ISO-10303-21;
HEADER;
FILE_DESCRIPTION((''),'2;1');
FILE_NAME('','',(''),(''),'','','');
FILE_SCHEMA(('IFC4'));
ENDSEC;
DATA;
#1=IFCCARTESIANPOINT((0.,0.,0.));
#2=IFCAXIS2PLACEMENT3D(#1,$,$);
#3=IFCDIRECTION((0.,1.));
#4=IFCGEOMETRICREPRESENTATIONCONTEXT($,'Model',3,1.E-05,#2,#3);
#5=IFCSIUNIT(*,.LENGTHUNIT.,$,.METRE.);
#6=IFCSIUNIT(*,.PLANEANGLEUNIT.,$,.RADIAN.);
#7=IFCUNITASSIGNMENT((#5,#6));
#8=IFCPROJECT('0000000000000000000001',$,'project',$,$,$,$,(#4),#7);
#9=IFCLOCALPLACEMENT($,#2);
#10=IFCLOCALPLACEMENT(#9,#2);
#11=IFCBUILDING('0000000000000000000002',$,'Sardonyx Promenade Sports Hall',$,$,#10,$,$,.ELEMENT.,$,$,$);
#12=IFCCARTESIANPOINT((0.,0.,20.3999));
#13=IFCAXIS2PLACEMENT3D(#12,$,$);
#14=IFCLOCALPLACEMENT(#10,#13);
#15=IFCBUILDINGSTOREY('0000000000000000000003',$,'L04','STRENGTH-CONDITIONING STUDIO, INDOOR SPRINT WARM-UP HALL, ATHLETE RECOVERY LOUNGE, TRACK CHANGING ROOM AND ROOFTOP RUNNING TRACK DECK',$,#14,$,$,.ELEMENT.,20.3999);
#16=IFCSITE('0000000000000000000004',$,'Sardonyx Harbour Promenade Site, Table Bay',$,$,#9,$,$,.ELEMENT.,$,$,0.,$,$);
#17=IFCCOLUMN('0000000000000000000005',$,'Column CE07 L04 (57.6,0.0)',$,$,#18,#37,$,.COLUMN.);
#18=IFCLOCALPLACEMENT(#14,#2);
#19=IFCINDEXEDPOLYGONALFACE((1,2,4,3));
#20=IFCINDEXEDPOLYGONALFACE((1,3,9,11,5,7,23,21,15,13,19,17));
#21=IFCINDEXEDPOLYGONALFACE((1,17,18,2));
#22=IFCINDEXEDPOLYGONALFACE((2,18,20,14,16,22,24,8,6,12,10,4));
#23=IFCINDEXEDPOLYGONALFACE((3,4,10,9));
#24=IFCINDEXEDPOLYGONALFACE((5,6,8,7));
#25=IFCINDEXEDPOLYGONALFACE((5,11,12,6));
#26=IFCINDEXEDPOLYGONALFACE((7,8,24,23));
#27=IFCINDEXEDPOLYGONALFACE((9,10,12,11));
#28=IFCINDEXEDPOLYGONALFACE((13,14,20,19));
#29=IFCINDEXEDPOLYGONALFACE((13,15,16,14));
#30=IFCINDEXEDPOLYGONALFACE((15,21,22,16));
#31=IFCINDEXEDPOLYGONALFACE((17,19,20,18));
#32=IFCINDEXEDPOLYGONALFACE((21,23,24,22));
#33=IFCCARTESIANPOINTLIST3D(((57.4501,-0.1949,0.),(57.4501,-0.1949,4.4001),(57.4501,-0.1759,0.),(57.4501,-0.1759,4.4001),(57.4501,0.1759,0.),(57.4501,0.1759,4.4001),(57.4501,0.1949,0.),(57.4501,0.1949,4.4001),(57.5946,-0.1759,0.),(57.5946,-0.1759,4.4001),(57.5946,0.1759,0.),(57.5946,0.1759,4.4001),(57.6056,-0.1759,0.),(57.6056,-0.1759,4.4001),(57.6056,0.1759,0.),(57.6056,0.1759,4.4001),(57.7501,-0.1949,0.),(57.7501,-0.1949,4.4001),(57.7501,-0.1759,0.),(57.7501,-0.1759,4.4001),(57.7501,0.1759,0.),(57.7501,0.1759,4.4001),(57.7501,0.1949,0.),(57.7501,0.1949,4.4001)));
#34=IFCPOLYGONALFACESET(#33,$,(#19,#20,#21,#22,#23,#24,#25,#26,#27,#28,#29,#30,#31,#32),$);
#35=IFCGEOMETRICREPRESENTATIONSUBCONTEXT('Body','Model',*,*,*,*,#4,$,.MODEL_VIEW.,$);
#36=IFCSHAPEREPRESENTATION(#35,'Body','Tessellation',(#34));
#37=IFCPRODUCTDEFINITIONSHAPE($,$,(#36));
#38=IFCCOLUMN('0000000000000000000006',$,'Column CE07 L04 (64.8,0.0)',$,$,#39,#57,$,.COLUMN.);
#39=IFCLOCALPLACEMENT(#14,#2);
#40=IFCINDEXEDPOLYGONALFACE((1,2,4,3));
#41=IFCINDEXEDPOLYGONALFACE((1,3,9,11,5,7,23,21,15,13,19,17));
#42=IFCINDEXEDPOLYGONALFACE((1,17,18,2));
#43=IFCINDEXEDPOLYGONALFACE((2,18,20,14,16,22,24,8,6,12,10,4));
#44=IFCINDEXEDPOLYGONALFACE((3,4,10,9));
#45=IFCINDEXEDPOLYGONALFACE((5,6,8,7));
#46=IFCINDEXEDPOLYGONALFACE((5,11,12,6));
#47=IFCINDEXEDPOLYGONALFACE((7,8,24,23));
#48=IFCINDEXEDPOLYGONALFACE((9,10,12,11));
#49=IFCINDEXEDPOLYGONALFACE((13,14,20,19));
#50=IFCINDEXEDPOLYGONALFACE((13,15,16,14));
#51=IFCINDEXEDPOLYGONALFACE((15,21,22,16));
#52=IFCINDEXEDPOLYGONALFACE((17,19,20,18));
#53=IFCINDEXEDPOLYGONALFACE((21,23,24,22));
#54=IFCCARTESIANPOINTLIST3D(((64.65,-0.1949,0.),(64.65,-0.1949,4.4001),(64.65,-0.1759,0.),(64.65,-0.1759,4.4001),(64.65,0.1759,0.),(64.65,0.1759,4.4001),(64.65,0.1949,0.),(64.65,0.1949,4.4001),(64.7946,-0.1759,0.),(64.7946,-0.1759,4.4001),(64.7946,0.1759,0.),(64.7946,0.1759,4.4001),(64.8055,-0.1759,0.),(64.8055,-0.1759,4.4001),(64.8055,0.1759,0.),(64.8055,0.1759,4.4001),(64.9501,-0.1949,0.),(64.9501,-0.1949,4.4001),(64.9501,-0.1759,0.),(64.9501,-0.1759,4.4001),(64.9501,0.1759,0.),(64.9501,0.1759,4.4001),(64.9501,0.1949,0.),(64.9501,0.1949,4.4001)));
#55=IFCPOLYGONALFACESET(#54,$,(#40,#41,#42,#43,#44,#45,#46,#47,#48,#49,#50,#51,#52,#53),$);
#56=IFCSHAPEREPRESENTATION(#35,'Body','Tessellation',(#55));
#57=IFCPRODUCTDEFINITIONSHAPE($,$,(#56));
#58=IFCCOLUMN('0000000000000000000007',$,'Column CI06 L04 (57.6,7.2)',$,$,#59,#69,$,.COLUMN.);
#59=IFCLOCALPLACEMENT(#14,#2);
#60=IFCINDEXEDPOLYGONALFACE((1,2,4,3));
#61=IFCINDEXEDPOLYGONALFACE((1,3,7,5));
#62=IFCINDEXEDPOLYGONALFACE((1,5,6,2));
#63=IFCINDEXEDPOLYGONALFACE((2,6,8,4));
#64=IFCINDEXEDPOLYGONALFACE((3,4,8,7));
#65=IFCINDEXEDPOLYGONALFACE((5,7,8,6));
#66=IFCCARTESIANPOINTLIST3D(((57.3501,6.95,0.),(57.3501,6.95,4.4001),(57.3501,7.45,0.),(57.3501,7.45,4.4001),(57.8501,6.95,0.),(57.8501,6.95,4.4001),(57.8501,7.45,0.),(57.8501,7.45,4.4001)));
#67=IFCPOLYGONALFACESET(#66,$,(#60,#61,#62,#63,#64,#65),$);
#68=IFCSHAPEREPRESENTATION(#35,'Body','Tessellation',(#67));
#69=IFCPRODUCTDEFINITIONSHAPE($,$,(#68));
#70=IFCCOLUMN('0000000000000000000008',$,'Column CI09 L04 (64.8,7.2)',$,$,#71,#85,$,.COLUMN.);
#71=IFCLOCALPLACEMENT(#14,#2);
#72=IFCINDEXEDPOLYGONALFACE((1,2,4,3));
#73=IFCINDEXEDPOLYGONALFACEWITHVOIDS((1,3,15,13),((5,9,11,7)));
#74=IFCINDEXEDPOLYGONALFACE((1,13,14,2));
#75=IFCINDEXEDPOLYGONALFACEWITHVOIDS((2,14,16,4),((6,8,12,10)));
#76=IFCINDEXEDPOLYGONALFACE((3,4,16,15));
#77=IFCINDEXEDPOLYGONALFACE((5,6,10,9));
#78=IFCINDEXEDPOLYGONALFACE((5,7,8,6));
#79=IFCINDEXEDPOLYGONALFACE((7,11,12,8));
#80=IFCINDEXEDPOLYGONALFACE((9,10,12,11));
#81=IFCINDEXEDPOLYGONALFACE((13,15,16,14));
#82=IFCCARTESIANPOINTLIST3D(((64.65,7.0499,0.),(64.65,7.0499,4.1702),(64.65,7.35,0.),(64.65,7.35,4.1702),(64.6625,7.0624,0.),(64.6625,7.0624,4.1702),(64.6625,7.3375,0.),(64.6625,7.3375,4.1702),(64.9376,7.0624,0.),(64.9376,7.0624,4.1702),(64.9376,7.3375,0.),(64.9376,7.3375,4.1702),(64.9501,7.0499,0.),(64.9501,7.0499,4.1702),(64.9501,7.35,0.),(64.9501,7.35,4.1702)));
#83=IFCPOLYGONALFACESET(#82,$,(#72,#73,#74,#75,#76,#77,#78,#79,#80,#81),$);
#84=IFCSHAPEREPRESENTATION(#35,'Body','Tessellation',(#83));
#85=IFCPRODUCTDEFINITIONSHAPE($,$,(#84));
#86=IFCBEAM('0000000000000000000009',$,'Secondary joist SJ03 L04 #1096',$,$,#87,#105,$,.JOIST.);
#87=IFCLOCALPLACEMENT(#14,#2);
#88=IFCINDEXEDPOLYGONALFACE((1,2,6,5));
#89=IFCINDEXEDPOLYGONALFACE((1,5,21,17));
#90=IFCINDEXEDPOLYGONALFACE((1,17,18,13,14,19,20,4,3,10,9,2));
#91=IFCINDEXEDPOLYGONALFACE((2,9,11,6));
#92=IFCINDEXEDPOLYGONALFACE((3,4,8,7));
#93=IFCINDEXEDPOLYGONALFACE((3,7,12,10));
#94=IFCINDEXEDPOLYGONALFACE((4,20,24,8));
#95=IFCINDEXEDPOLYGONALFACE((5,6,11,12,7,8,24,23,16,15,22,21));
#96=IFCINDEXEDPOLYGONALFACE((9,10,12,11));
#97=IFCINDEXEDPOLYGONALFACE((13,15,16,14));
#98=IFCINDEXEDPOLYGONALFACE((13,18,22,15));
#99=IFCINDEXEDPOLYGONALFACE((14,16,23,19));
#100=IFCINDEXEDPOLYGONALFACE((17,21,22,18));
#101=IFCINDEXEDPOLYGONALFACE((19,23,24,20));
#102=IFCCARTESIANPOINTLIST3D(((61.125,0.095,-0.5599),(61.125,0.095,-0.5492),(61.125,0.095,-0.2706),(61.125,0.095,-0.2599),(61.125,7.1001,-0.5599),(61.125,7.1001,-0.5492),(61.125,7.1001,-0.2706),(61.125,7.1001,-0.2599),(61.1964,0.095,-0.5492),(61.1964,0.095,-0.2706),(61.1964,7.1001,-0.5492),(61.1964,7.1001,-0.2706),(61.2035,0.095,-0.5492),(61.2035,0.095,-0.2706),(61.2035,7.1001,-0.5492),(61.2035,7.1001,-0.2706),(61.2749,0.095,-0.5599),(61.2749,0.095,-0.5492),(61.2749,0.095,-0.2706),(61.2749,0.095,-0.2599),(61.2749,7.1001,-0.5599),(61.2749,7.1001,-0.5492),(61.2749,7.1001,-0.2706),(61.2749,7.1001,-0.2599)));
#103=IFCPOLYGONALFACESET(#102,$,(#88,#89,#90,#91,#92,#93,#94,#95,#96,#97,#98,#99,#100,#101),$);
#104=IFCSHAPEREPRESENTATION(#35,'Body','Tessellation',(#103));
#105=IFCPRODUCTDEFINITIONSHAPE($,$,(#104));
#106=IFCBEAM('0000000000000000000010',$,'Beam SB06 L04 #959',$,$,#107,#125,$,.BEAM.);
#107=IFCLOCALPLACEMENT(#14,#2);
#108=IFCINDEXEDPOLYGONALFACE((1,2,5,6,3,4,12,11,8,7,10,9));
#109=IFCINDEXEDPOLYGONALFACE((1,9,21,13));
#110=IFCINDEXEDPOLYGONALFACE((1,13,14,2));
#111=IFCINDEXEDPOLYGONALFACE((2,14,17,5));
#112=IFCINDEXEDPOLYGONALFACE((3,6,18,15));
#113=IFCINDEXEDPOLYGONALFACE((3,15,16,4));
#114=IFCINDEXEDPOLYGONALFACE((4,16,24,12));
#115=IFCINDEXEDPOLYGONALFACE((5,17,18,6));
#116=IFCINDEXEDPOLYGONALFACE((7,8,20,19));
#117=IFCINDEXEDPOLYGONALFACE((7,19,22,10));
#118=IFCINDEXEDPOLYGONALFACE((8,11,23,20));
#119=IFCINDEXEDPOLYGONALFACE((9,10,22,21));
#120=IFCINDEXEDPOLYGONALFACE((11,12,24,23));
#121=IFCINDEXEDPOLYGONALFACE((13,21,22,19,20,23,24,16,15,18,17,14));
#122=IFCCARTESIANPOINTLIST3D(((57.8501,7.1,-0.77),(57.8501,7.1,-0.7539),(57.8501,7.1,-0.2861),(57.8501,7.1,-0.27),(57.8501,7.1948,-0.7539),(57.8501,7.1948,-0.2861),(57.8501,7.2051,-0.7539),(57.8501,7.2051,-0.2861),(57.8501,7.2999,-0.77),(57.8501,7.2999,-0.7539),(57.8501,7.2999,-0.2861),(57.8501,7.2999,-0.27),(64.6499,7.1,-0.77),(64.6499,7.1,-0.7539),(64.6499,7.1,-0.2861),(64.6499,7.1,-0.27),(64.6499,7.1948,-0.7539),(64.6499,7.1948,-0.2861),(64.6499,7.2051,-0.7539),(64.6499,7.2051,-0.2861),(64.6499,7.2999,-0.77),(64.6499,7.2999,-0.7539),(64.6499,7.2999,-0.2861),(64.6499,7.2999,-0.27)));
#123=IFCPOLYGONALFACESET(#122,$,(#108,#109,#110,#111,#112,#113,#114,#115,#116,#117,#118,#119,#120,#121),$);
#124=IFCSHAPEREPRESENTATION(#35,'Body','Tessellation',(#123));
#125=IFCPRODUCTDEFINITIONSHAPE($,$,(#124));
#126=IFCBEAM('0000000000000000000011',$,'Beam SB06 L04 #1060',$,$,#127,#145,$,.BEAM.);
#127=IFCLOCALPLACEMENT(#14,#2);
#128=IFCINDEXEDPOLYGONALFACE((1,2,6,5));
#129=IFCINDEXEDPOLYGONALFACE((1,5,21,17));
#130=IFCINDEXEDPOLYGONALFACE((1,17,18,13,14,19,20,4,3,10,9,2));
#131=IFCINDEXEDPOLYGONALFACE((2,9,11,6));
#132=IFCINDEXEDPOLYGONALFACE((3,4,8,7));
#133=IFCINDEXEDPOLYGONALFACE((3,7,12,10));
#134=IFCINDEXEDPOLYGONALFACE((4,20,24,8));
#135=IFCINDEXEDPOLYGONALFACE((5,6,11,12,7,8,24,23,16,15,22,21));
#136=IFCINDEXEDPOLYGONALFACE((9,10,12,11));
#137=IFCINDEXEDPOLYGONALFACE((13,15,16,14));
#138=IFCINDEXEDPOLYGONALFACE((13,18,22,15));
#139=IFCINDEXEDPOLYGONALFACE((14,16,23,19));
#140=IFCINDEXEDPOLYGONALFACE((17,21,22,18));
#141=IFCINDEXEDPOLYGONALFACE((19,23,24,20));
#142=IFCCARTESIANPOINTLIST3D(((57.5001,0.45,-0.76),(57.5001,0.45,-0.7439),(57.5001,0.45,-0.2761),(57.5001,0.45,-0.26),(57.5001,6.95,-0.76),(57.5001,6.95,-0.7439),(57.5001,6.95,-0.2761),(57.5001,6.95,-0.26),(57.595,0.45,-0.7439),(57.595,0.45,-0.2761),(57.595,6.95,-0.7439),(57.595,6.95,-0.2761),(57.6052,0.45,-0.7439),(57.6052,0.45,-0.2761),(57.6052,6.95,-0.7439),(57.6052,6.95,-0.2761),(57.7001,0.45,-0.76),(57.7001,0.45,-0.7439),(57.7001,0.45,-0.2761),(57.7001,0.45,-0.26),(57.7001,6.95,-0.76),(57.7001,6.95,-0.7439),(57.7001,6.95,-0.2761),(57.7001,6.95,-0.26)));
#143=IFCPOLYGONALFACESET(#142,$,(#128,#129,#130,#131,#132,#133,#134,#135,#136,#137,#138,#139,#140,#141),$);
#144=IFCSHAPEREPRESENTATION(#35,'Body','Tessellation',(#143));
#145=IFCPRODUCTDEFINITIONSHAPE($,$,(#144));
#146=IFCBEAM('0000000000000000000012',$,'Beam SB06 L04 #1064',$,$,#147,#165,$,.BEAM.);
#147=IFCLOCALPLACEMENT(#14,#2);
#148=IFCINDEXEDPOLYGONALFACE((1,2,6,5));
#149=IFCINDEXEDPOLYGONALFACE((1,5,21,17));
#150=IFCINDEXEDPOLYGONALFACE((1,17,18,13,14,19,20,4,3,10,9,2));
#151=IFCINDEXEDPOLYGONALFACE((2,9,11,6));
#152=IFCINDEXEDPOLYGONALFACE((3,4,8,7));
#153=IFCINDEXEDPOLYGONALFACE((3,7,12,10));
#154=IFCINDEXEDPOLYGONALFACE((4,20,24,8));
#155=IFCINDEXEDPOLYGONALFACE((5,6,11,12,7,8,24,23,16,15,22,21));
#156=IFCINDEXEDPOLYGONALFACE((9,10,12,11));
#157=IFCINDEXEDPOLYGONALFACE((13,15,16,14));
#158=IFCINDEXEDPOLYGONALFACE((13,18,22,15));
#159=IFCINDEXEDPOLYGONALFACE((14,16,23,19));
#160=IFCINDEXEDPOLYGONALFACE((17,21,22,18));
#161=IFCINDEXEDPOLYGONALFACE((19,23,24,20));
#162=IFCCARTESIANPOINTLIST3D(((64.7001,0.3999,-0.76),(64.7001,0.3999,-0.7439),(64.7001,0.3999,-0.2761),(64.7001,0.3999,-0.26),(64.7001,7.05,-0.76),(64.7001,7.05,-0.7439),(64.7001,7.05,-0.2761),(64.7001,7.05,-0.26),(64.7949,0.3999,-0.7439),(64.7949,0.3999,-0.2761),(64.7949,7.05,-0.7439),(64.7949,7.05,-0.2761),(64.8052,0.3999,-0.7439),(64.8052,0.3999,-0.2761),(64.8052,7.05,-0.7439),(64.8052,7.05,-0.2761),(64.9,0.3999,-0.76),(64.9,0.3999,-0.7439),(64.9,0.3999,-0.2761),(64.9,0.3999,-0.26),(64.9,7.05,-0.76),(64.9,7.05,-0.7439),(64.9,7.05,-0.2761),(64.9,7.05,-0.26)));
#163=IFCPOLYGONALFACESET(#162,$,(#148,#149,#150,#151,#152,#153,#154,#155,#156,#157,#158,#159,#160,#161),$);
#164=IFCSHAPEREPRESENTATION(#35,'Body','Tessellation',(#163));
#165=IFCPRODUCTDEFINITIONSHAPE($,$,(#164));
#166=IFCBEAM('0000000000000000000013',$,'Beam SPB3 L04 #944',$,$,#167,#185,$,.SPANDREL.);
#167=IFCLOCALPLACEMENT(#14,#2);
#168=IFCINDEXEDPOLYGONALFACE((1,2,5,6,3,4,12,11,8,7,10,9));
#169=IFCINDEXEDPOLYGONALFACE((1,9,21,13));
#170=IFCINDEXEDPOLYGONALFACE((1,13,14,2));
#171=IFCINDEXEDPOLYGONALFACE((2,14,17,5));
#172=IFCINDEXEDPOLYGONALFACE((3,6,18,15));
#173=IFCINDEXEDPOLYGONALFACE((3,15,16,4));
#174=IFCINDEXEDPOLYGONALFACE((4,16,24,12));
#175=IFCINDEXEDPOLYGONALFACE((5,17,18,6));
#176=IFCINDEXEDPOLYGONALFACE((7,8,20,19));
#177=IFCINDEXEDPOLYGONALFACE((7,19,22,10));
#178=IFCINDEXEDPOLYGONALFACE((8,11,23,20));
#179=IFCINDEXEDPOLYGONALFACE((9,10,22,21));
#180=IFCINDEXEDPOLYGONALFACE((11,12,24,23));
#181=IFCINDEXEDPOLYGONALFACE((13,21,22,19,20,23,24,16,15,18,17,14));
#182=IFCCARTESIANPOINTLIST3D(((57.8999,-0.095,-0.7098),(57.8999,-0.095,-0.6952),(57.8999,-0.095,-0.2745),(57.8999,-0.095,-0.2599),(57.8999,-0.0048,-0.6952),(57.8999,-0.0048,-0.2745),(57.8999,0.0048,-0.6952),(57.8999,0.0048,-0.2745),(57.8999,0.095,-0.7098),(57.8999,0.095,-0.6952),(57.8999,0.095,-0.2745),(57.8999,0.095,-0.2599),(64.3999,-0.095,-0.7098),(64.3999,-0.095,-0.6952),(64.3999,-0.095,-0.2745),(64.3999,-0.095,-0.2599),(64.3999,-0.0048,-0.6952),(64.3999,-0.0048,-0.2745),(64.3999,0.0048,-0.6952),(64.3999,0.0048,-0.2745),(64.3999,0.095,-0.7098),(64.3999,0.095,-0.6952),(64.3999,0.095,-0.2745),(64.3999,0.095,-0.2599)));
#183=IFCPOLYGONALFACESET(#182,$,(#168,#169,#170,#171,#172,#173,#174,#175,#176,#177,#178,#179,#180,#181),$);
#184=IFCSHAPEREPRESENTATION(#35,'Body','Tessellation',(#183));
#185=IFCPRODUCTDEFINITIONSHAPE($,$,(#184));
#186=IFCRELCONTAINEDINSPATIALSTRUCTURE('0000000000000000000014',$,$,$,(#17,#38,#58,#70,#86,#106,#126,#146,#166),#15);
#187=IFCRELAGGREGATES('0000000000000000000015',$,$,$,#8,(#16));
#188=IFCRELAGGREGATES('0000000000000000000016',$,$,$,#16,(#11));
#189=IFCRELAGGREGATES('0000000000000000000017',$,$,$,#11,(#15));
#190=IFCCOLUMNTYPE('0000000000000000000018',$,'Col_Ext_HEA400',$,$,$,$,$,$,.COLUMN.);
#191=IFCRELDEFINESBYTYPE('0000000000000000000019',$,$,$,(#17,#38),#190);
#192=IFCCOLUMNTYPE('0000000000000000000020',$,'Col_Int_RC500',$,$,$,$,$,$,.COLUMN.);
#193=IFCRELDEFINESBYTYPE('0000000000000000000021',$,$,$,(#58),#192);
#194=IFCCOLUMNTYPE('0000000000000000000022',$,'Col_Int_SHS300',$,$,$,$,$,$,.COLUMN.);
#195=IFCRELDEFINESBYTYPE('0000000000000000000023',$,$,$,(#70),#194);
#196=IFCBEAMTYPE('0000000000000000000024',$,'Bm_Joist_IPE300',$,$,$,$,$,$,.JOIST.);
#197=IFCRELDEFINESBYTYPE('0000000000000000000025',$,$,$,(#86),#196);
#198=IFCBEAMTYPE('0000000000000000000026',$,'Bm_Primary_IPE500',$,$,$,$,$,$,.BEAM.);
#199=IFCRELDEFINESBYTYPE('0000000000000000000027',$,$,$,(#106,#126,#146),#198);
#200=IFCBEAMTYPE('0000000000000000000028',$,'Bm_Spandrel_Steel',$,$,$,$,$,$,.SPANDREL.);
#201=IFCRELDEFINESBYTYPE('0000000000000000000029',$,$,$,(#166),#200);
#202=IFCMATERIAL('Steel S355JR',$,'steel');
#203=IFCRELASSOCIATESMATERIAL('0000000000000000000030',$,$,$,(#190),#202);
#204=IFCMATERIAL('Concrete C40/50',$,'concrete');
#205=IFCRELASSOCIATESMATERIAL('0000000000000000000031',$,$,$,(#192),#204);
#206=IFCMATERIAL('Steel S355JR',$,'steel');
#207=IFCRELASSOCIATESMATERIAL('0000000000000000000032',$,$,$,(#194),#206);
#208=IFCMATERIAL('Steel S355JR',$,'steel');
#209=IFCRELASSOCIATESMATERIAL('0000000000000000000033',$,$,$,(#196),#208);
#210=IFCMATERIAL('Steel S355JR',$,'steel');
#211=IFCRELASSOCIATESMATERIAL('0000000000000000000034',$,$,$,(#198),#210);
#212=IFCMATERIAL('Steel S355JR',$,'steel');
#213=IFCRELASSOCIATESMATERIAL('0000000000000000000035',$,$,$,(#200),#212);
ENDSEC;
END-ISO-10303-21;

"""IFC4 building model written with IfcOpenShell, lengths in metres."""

from ifc_helpers import new_model, si_unit, direction, frame, origin, origin_2d, place, context, subcontext, project, spatial, rectangle, hollow_rectangle, i_section, extrude, material, material_profile, profile_set, type_object, element, save


model = new_model("IFC4")

# Units and contexts
model_context = context("Model", 3, precision=1e-05, world=origin(), true_north=direction((0.0, 1.0)))
body_context = subcontext(model_context, "Body", "Model", "MODEL_VIEW")
ifc_project = project(units=[si_unit("LENGTHUNIT", "METRE"), si_unit("PLANEANGLEUNIT", "RADIAN")], contexts=[model_context])

# Site, building, storey
site_placement = place(None, origin())
site = spatial("IfcSite", under=ifc_project, at=site_placement, Name="Sardonyx Harbour Promenade Site, Table Bay", CompositionType="ELEMENT", RefElevation=0.0)
building_placement = place(site_placement, origin())
building = spatial("IfcBuilding", under=site, at=building_placement, Name="Sardonyx Promenade Sports Hall", CompositionType="ELEMENT")
storey_placement = place(building_placement, frame((0.0, 0.0, 20.3999)))
storey = spatial("IfcBuildingStorey", under=building, at=storey_placement, Name="L04", Description="STRENGTH-CONDITIONING STUDIO, INDOOR SPRINT WARM-UP HALL, ATHLETE RECOVERY LOUNGE, TRACK CHANGING ROOM AND ROOFTOP RUNNING TRACK DECK", CompositionType="ELEMENT", Elevation=20.3999)

# Columns
ifc_material_1 = material(Name="Steel S355JR", Category="steel")
ifc_material_profile_1 = material_profile(ifc_material_1, i_section(OverallWidth=0.3, OverallDepth=0.3899, WebThickness=0.011, FlangeThickness=0.019, at=origin_2d()))
ifc_profile_set_1 = profile_set([ifc_material_profile_1], Name="Steel S355JR")
column_type_1 = type_object("IfcColumnType", Name="Col_Ext_HEA400", PredefinedType="COLUMN", material=ifc_profile_set_1)
for number, where, z_axis, x_axis, name in (
    (1, (57.6001, 0.0, 0.0), (0.0, 0.0, 1.0), (1.0, 0.0, 0.0), "Column CE07 L04 (57.6,0.0)"),
    (2, (64.8, 0.0, 0.0), (0.0, 0.0, 1.0), (1.0, 0.0, 0.0), "Column CE07 L04 (64.8,0.0)"),
):
    element("IfcColumn", number, at=place(storey_placement, frame(where, z_axis=z_axis, x_axis=x_axis)), inside=storey, type_object=column_type_1, Name=name, PredefinedType="COLUMN", context=body_context, shape_type="SweptSolid", body=[
        extrude(i_section(OverallWidth=0.3, OverallDepth=0.3899, WebThickness=0.011, FlangeThickness=0.019, at=origin_2d()), origin(), (0.0, 0.0, 1.0), 4.4001),
    ])
ifc_material_2 = material(Name="Concrete C40/50", Category="concrete")
ifc_material_profile_2 = material_profile(ifc_material_2, rectangle(XDim=0.5, YDim=0.5, at=origin_2d()))
ifc_profile_set_2 = profile_set([ifc_material_profile_2], Name="Concrete C40/50")
column_type_2 = type_object("IfcColumnType", Name="Col_Int_RC500", PredefinedType="COLUMN", material=ifc_profile_set_2)
column_1_placement = place(storey_placement, frame((57.6001, 7.2, 0.0), z_axis=(0.0, 0.0, 1.0), x_axis=(1.0, 0.0, 0.0)))
element("IfcColumn", 3, at=column_1_placement, inside=storey, type_object=column_type_2, Name="Column CI06 L04 (57.6,7.2)", PredefinedType="COLUMN", context=body_context, shape_type="SweptSolid", body=[
    extrude(rectangle(XDim=0.5, YDim=0.5, at=origin_2d()), origin(), (0.0, 0.0, 1.0), 4.4001),
])
ifc_material_3 = material(Name="Steel S355JR", Category="steel")
ifc_material_profile_3 = material_profile(ifc_material_3, hollow_rectangle(XDim=0.3, YDim=0.3, WallThickness=0.0125, at=origin_2d()))
ifc_profile_set_3 = profile_set([ifc_material_profile_3], Name="Steel S355JR")
column_type_3 = type_object("IfcColumnType", Name="Col_Int_SHS300", PredefinedType="COLUMN", material=ifc_profile_set_3)
column_2_placement = place(storey_placement, frame((64.8, 7.2, 0.0), z_axis=(0.0, 0.0, 1.0), x_axis=(1.0, 0.0, 0.0)))
element("IfcColumn", 4, at=column_2_placement, inside=storey, type_object=column_type_3, Name="Column CI09 L04 (64.8,7.2)", PredefinedType="COLUMN", context=body_context, shape_type="SweptSolid", body=[
    extrude(hollow_rectangle(XDim=0.3, YDim=0.3, WallThickness=0.0125, at=origin_2d()), origin(), (0.0, 0.0, 1.0), 4.1702),
])

# Beams
ifc_material_4 = material(Name="Steel S355JR", Category="steel")
ifc_material_profile_4 = material_profile(ifc_material_4, i_section(OverallWidth=0.1499, OverallDepth=0.3, WebThickness=0.0071, FlangeThickness=0.0107, at=origin_2d()))
ifc_profile_set_4 = profile_set([ifc_material_profile_4], Name="Steel S355JR")
beam_type_1 = type_object("IfcBeamType", Name="Bm_Joist_IPE300", PredefinedType="JOIST", material=ifc_profile_set_4)
beam_1_placement = place(storey_placement, frame((61.2, 0.095, -0.4099), z_axis=(0.0, 1.0, 0.0), x_axis=(-1.0, 0.0, 0.0)))
element("IfcBeam", 5, at=beam_1_placement, inside=storey, type_object=beam_type_1, Name="Secondary joist SJ03 L04 #1096", PredefinedType="JOIST", context=body_context, shape_type="SweptSolid", body=[
    extrude(i_section(OverallWidth=0.1499, OverallDepth=0.3, WebThickness=0.0071, FlangeThickness=0.0107, at=origin_2d()), origin(), (0.0, 0.0, 1.0), 7.0051),
])
ifc_material_5 = material(Name="Steel S355JR", Category="steel")
ifc_material_profile_5 = material_profile(ifc_material_5, i_section(OverallWidth=0.2, OverallDepth=0.5, WebThickness=0.0103, FlangeThickness=0.0161, at=origin_2d()))
ifc_profile_set_5 = profile_set([ifc_material_profile_5], Name="Steel S355JR")
beam_type_2 = type_object("IfcBeamType", Name="Bm_Primary_IPE500", PredefinedType="BEAM", material=ifc_profile_set_5)
beam_2_placement = place(storey_placement, frame((57.8501, 7.2, -0.52), z_axis=(1.0, 0.0, 0.0), x_axis=(0.0, 1.0, 0.0)))
element("IfcBeam", 6, at=beam_2_placement, inside=storey, type_object=beam_type_2, Name="Beam SB06 L04 #959", PredefinedType="BEAM", context=body_context, shape_type="SweptSolid", body=[
    extrude(i_section(OverallWidth=0.2, OverallDepth=0.5, WebThickness=0.0103, FlangeThickness=0.0161, at=origin_2d()), origin(), (0.0, 0.0, 1.0), 6.7998),
])
beam_3_placement = place(storey_placement, frame((57.6001, 0.45, -0.51), z_axis=(0.0, 1.0, 0.0), x_axis=(-1.0, 0.0, 0.0)))
element("IfcBeam", 7, at=beam_3_placement, inside=storey, type_object=beam_type_2, Name="Beam SB06 L04 #1060", PredefinedType="BEAM", context=body_context, shape_type="SweptSolid", body=[
    extrude(i_section(OverallWidth=0.2, OverallDepth=0.5, WebThickness=0.0103, FlangeThickness=0.0161, at=origin_2d()), origin(), (0.0, 0.0, 1.0), 6.5),
])
beam_4_placement = place(storey_placement, frame((64.8, 0.3999, -0.51), z_axis=(0.0, 1.0, 0.0), x_axis=(-1.0, 0.0, 0.0)))
element("IfcBeam", 8, at=beam_4_placement, inside=storey, type_object=beam_type_2, Name="Beam SB06 L04 #1064", PredefinedType="BEAM", context=body_context, shape_type="SweptSolid", body=[
    extrude(i_section(OverallWidth=0.2, OverallDepth=0.5, WebThickness=0.0103, FlangeThickness=0.0161, at=origin_2d()), origin(), (0.0, 0.0, 1.0), 6.6501),
])
ifc_material_6 = material(Name="Steel S355JR", Category="steel")
ifc_material_profile_6 = material_profile(ifc_material_6, i_section(OverallWidth=0.1899, OverallDepth=0.45, WebThickness=0.0095, FlangeThickness=0.0146, at=origin_2d()))
ifc_profile_set_6 = profile_set([ifc_material_profile_6], Name="Steel S355JR")
beam_type_3 = type_object("IfcBeamType", Name="Bm_Spandrel_Steel", PredefinedType="SPANDREL", material=ifc_profile_set_6)
beam_5_placement = place(storey_placement, frame((57.8999, 0.0, -0.4849), z_axis=(1.0, 0.0, 0.0), x_axis=(0.0, 1.0, 0.0)))
element("IfcBeam", 9, at=beam_5_placement, inside=storey, type_object=beam_type_3, Name="Beam SPB3 L04 #944", PredefinedType="SPANDREL", context=body_context, shape_type="SweptSolid", body=[
    extrude(i_section(OverallWidth=0.1899, OverallDepth=0.45, WebThickness=0.0095, FlangeThickness=0.0146, at=origin_2d()), origin(), (0.0, 0.0, 1.0), 6.5),
])

save(model, "model.ifc")
